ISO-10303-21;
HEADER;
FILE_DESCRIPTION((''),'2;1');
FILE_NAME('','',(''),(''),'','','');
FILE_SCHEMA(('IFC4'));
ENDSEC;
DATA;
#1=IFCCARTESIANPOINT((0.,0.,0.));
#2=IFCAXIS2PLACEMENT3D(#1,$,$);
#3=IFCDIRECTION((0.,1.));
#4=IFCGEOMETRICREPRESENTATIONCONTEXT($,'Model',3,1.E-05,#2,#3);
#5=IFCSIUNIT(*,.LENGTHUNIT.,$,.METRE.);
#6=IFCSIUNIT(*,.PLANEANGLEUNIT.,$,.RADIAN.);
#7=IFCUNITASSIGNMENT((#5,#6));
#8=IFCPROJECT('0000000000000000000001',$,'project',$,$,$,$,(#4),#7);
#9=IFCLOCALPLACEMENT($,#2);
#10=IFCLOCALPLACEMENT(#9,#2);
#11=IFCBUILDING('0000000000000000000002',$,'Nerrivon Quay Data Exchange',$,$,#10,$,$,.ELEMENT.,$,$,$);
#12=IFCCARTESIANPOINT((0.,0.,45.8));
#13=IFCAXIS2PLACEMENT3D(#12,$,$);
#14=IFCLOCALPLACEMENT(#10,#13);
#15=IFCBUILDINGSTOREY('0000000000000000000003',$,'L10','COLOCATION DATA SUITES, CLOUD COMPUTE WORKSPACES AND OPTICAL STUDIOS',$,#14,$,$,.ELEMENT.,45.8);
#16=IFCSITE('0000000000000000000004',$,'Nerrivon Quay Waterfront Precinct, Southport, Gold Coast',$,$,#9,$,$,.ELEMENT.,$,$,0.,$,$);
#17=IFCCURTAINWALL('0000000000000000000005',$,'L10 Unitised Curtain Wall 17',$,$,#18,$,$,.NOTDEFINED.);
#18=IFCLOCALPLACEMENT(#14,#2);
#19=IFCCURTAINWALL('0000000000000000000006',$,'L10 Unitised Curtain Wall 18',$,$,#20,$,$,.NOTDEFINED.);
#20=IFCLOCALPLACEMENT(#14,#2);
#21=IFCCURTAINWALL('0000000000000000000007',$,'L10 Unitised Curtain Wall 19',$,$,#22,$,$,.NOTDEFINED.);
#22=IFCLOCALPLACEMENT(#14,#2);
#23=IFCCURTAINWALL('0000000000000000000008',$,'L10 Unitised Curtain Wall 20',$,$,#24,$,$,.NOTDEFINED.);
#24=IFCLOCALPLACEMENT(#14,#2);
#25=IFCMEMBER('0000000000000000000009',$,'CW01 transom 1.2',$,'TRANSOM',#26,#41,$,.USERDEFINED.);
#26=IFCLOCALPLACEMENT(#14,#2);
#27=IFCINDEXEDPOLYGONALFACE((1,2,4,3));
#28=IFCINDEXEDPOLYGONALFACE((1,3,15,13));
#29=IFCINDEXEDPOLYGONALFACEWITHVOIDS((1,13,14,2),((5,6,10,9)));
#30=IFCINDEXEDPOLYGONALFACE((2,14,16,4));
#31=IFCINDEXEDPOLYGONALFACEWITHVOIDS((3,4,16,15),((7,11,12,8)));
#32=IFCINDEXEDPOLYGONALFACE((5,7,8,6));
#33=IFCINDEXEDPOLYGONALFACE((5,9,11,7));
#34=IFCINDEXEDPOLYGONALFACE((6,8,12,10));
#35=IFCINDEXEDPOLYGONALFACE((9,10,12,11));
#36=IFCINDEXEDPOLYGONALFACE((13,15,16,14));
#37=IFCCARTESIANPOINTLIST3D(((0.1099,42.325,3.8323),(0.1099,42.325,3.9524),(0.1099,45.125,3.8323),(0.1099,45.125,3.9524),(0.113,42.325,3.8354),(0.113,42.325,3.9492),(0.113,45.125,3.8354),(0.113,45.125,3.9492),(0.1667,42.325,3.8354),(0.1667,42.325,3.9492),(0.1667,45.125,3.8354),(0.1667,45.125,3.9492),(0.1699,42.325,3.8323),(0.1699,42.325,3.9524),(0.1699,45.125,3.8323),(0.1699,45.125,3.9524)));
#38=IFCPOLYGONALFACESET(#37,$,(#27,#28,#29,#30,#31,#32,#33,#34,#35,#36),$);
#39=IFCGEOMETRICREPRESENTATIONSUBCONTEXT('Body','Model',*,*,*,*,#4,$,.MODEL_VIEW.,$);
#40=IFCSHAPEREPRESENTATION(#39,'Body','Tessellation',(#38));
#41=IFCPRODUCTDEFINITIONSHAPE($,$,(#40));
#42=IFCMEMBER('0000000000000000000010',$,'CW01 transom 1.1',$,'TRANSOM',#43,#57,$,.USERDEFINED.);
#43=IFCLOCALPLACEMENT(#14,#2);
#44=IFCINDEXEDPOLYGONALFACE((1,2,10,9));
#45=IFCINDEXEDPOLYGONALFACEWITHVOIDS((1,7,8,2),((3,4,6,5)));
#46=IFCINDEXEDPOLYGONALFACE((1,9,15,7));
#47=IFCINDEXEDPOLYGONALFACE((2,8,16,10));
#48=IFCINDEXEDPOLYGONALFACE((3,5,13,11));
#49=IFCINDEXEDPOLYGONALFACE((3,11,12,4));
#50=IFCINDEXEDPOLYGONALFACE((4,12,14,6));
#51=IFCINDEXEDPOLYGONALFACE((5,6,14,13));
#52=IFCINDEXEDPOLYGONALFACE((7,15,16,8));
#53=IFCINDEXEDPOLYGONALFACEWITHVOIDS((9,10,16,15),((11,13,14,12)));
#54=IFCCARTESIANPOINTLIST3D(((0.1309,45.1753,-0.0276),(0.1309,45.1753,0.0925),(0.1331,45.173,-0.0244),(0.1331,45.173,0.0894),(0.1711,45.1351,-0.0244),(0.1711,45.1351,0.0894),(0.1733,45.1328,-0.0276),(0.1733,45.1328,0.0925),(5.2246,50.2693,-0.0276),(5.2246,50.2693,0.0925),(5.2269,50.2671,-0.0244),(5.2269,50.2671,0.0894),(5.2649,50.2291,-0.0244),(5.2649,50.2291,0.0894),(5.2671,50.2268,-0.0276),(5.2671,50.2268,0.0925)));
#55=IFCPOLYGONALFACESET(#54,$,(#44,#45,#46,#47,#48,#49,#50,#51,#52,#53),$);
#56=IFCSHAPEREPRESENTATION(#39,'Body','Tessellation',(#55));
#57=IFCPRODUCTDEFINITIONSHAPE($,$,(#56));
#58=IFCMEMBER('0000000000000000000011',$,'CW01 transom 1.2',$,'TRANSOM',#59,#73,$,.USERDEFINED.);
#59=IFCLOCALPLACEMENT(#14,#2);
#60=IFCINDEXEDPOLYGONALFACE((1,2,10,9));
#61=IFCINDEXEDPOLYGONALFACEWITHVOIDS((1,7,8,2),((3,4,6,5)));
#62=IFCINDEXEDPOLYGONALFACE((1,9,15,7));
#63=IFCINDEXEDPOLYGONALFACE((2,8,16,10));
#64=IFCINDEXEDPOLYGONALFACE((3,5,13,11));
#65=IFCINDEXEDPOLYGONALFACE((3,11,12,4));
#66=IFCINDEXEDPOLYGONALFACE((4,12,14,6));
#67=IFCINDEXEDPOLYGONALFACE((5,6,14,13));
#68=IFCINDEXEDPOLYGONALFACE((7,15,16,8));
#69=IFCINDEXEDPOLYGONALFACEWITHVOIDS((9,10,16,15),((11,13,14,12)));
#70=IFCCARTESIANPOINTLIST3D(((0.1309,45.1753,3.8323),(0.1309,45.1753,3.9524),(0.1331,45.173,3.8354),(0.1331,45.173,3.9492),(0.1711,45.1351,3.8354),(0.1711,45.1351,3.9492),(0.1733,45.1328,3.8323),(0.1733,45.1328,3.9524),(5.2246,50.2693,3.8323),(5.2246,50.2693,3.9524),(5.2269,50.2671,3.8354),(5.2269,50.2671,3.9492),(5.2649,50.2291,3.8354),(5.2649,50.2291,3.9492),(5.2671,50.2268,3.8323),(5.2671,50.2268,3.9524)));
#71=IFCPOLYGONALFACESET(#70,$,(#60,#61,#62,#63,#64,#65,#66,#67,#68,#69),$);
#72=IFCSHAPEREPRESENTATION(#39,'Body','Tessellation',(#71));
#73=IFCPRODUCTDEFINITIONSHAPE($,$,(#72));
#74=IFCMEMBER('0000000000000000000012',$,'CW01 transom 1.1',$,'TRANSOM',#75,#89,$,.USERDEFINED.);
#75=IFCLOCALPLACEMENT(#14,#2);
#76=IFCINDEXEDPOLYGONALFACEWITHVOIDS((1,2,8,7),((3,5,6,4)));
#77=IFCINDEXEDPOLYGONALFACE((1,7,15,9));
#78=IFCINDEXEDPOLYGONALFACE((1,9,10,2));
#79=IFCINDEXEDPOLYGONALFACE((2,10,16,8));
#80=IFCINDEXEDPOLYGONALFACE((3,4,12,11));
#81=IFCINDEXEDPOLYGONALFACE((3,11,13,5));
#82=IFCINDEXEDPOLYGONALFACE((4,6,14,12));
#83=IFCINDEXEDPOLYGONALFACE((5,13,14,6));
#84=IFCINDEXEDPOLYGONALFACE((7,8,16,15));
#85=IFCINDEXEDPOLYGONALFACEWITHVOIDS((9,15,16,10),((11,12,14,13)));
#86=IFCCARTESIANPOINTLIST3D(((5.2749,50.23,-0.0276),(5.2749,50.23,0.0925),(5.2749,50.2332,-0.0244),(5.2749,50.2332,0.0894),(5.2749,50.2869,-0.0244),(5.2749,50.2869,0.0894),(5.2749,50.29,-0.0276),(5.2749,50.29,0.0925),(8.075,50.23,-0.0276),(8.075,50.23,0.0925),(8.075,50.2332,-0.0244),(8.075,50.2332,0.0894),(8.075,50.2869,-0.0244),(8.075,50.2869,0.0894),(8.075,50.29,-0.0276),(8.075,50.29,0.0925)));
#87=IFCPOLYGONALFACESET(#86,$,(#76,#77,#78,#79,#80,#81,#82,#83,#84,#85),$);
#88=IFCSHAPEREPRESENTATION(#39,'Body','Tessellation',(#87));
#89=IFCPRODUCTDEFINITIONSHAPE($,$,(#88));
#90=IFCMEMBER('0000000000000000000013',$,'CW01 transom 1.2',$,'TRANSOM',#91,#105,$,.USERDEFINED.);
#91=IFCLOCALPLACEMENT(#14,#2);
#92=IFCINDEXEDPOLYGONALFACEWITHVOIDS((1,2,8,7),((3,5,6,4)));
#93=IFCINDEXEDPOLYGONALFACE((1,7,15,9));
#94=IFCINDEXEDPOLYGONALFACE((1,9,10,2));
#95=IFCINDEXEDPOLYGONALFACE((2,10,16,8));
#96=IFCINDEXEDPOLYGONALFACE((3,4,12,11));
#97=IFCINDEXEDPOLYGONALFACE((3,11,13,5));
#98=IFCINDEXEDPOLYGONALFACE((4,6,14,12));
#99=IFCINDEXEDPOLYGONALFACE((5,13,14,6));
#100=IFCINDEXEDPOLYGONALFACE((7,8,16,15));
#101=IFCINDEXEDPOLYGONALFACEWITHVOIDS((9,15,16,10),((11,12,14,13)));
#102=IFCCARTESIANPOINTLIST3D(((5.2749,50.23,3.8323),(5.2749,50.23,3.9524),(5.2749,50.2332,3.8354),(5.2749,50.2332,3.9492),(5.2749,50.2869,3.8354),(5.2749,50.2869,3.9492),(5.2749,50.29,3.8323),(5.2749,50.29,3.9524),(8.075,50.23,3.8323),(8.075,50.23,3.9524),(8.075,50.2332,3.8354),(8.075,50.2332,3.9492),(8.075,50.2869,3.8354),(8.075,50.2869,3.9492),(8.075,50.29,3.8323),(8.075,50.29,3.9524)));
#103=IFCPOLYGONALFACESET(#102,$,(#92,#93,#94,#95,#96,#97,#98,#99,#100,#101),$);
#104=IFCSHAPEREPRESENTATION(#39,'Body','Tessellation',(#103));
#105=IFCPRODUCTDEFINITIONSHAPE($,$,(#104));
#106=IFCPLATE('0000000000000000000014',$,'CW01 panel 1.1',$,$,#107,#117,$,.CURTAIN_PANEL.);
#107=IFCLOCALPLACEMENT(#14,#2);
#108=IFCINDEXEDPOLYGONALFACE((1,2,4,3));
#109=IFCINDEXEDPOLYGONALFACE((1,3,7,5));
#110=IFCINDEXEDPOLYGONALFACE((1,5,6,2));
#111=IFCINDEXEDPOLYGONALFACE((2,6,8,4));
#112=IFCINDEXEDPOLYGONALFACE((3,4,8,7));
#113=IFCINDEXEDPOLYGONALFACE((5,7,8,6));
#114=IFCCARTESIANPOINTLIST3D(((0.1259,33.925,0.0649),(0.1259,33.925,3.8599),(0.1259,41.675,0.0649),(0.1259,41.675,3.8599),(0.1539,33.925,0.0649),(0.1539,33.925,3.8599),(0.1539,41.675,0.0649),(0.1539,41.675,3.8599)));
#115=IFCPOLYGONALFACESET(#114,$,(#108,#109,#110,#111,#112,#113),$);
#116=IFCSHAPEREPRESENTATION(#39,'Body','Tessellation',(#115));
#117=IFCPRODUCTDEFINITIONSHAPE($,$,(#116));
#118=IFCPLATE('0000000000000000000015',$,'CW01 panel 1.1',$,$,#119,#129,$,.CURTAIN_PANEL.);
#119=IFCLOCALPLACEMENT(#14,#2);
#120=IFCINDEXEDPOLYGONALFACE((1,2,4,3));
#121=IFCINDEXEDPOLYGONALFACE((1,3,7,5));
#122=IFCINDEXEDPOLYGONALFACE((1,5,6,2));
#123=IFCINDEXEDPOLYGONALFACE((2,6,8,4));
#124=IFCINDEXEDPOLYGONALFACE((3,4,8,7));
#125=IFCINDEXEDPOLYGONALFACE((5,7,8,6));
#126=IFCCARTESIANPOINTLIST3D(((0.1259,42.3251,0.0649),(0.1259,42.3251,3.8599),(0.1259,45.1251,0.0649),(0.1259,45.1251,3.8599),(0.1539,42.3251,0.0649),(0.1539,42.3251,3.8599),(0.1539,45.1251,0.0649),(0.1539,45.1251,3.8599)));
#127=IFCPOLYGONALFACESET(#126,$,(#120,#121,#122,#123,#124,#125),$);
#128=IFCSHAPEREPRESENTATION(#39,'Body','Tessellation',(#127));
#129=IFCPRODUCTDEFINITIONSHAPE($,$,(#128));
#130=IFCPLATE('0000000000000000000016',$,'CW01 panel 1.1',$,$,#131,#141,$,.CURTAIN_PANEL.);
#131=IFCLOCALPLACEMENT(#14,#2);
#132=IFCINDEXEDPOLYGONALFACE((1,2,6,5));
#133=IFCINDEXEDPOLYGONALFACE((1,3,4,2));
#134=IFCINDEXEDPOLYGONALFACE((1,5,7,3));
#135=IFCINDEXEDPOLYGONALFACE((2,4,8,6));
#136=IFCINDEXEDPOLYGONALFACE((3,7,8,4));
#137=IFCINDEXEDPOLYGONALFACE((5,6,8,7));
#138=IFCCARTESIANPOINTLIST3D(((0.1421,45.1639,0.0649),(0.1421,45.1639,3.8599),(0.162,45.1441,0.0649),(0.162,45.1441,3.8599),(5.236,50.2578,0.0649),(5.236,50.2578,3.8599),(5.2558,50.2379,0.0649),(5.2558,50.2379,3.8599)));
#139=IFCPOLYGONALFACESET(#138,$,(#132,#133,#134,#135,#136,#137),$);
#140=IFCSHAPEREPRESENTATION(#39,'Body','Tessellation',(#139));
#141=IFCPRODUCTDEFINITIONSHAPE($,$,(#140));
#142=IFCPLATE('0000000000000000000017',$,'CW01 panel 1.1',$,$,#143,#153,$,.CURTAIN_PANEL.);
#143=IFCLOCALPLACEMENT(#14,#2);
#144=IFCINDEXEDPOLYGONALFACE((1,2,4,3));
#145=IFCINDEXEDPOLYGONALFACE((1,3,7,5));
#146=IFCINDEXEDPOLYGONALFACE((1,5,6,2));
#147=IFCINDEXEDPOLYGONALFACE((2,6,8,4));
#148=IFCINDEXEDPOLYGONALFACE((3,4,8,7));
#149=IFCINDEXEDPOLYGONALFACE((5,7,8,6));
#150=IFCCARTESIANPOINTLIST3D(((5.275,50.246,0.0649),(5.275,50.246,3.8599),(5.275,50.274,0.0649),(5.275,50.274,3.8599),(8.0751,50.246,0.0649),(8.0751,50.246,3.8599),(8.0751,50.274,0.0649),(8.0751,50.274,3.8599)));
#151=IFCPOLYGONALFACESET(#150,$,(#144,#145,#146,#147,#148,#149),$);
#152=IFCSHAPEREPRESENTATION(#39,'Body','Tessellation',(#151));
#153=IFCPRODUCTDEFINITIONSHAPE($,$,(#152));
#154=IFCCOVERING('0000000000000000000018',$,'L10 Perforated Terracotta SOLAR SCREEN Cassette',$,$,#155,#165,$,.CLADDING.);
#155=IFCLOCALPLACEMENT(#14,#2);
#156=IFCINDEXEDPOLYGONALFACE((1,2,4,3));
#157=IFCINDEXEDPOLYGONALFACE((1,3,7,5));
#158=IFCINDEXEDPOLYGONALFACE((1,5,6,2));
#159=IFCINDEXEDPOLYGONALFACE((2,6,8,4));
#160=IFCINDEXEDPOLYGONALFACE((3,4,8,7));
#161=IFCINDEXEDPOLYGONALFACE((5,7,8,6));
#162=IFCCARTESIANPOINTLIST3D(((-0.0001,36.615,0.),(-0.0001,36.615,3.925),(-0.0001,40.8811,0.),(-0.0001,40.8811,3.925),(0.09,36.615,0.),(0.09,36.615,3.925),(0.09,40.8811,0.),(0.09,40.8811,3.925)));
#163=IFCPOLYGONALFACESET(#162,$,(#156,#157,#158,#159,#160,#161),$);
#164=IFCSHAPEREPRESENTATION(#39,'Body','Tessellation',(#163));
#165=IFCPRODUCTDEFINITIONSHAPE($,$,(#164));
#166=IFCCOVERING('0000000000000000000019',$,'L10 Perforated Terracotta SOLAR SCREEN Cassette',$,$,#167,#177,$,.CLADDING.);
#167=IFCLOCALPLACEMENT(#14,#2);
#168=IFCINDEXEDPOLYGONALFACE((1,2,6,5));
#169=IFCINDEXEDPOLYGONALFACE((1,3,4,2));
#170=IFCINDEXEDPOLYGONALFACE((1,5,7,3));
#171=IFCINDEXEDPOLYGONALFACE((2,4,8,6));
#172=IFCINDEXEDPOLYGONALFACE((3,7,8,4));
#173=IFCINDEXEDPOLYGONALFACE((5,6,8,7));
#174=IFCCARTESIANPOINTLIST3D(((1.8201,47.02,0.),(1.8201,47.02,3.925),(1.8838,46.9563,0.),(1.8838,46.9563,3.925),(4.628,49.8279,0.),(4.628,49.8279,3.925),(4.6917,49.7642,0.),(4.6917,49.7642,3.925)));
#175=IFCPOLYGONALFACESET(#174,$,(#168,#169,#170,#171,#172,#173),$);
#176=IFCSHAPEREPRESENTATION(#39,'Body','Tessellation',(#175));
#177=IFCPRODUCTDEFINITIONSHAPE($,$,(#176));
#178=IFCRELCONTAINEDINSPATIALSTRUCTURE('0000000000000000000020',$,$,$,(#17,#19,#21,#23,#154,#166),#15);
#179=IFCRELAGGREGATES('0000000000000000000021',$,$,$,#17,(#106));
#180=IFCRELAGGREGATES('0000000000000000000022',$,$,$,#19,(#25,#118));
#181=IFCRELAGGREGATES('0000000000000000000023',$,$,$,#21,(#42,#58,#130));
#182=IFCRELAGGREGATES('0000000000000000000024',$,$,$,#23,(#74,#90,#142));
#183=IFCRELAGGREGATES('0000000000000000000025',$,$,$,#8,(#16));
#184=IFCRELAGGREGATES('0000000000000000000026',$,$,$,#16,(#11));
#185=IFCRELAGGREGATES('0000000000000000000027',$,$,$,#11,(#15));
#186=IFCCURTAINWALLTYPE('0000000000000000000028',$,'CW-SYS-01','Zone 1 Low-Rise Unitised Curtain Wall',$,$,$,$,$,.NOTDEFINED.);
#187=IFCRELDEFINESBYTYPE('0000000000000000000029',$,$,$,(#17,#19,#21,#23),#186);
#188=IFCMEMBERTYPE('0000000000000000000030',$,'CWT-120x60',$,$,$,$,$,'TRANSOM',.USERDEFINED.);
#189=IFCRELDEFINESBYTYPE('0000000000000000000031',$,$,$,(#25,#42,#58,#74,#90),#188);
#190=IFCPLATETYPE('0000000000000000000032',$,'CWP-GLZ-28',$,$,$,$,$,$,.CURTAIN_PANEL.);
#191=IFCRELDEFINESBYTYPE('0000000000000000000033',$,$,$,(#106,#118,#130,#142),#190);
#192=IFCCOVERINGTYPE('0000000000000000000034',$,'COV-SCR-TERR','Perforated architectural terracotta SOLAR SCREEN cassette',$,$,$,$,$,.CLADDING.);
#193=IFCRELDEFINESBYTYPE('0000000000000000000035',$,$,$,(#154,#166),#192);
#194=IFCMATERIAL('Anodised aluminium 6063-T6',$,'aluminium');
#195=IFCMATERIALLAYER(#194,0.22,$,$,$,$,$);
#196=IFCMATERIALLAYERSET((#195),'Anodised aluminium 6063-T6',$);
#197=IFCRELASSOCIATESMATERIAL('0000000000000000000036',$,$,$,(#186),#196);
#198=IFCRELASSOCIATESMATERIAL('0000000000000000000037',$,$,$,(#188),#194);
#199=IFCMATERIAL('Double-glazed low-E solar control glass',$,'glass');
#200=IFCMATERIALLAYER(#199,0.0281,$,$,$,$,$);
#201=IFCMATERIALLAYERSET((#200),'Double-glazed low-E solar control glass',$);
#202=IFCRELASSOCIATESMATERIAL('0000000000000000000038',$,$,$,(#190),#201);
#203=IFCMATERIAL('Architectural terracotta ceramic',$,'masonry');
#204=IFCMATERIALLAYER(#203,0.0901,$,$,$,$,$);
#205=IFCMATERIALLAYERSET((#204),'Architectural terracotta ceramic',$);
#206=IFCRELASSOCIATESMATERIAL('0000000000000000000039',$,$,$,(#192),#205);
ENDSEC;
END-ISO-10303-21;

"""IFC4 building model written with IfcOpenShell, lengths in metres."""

from ifc_helpers import new_model, si_unit, direction, frame, origin, origin_2d, place, context, subcontext, project, spatial, rectangle, hollow_rectangle, extrude, material, layer, layer_set, material_profile, profile_set, type_object, element, aggregate, save


model = new_model("IFC4")

# Units and contexts
model_context = context("Model", 3, precision=1e-05, world=origin(), true_north=direction((0.0, 1.0)))
body_context = subcontext(model_context, "Body", "Model", "MODEL_VIEW")
ifc_project = project(units=[si_unit("LENGTHUNIT", "METRE"), si_unit("PLANEANGLEUNIT", "RADIAN")], contexts=[model_context])

# Site, building, storey
site_placement = place(None, origin())
site = spatial("IfcSite", under=ifc_project, at=site_placement, Name="Nerrivon Quay Waterfront Precinct, Southport, Gold Coast", CompositionType="ELEMENT", RefElevation=0.0)
building_placement = place(site_placement, origin())
building = spatial("IfcBuilding", under=site, at=building_placement, Name="Nerrivon Quay Data Exchange", CompositionType="ELEMENT")
storey_placement = place(building_placement, frame((0.0, 0.0, 45.8)))
storey = spatial("IfcBuildingStorey", under=building, at=storey_placement, Name="L10", Description="COLOCATION DATA SUITES, CLOUD COMPUTE WORKSPACES AND OPTICAL STUDIOS", CompositionType="ELEMENT", Elevation=45.8)

# Curtain wall
ifc_material_1 = material(Name="Anodised aluminium 6063-T6", Category="aluminium")
ifc_layer_1 = layer(ifc_material_1, 0.22)
ifc_layer_set_1 = layer_set([ifc_layer_1], Name="Anodised aluminium 6063-T6")
curtain_wall_type = type_object("IfcCurtainWallType", Name="CW-SYS-01", Description="Zone 1 Low-Rise Unitised Curtain Wall", PredefinedType="NOTDEFINED", material=ifc_layer_set_1)
curtain_wall_1_placement = place(storey_placement, origin())
curtain_wall_1 = element("IfcCurtainWall", 1, at=curtain_wall_1_placement, inside=storey, type_object=curtain_wall_type, Name="L10 Unitised Curtain Wall 17", PredefinedType="NOTDEFINED")

# Curtain walls
curtain_wall_2_placement = place(storey_placement, origin())
curtain_wall_2 = element("IfcCurtainWall", 2, at=curtain_wall_2_placement, inside=storey, type_object=curtain_wall_type, Name="L10 Unitised Curtain Wall 18", PredefinedType="NOTDEFINED")
curtain_wall_3_placement = place(storey_placement, origin())
curtain_wall_3 = element("IfcCurtainWall", 3, at=curtain_wall_3_placement, inside=storey, type_object=curtain_wall_type, Name="L10 Unitised Curtain Wall 19", PredefinedType="NOTDEFINED")
curtain_wall_4_placement = place(storey_placement, origin())
curtain_wall_4 = element("IfcCurtainWall", 4, at=curtain_wall_4_placement, inside=storey, type_object=curtain_wall_type, Name="L10 Unitised Curtain Wall 20", PredefinedType="NOTDEFINED")

# Members
ifc_material_profile_1 = material_profile(ifc_material_1, hollow_rectangle(XDim=0.0601, YDim=0.1201, WallThickness=0.0032, at=origin_2d()), Name="ALU-TRAN-120x60")
ifc_profile_set_1 = profile_set([ifc_material_profile_1], Name="Anodised aluminium 6063-T6")
member_type_1 = type_object("IfcMemberType", Name="CWT-120x60", ElementType="TRANSOM", PredefinedType="USERDEFINED", material=ifc_profile_set_1)
member_1_placement = place(storey_placement, frame((0.1399, 42.325, 3.8923), z_axis=(0.0, 1.0, 0.0), x_axis=(-1.0, 0.0, 0.0)))
member_1 = element("IfcMember", 5, at=member_1_placement, type_object=member_type_1, Name="CW01 transom 1.2", ObjectType="TRANSOM", PredefinedType="USERDEFINED", context=body_context, shape_type="SweptSolid", body=[
    extrude(hollow_rectangle(XDim=0.0601, YDim=0.1201, WallThickness=0.0032, at=origin_2d()), origin(), (0.0, 0.0, 1.0), 2.8),
])
member_2_placement = place(storey_placement, frame((0.1521, 45.1541, 0.0325), z_axis=(0.70709, 0.707124, 0.0), x_axis=(-0.707124, 0.70709, 0.0)))
member_2 = element("IfcMember", 6, at=member_2_placement, type_object=member_type_1, Name="CW01 transom 1.1", ObjectType="TRANSOM", PredefinedType="USERDEFINED", context=body_context, shape_type="SweptSolid", body=[
    extrude(hollow_rectangle(XDim=0.0601, YDim=0.1201, WallThickness=0.0032, at=origin_2d()), origin(), (0.0, 0.0, 1.0), 7.2039),
])
member_3_placement = place(storey_placement, frame((0.1521, 45.1541, 3.8923), z_axis=(0.70709, 0.707124, 0.0), x_axis=(-0.707124, 0.70709, 0.0)))
member_3 = element("IfcMember", 7, at=member_3_placement, type_object=member_type_1, Name="CW01 transom 1.2", ObjectType="TRANSOM", PredefinedType="USERDEFINED", context=body_context, shape_type="SweptSolid", body=[
    extrude(hollow_rectangle(XDim=0.0601, YDim=0.1201, WallThickness=0.0032, at=origin_2d()), origin(), (0.0, 0.0, 1.0), 7.2039),
])
member_4_placement = place(storey_placement, frame((5.2749, 50.26, 0.0325), z_axis=(1.0, 0.0, 0.0), x_axis=(0.0, 1.0, 0.0)))
member_4 = element("IfcMember", 8, at=member_4_placement, type_object=member_type_1, Name="CW01 transom 1.1", ObjectType="TRANSOM", PredefinedType="USERDEFINED", context=body_context, shape_type="SweptSolid", body=[
    extrude(hollow_rectangle(XDim=0.0601, YDim=0.1201, WallThickness=0.0032, at=origin_2d()), origin(), (0.0, 0.0, 1.0), 2.8),
])
member_5_placement = place(storey_placement, frame((5.2749, 50.26, 3.8923), z_axis=(1.0, 0.0, 0.0), x_axis=(0.0, 1.0, 0.0)))
member_5 = element("IfcMember", 9, at=member_5_placement, type_object=member_type_1, Name="CW01 transom 1.2", ObjectType="TRANSOM", PredefinedType="USERDEFINED", context=body_context, shape_type="SweptSolid", body=[
    extrude(hollow_rectangle(XDim=0.0601, YDim=0.1201, WallThickness=0.0032, at=origin_2d()), origin(), (0.0, 0.0, 1.0), 2.8),
])

# Plates
ifc_material_2 = material(Name="Double-glazed low-E solar control glass", Category="glass")
ifc_layer_2 = layer(ifc_material_2, 0.0281)
ifc_layer_set_2 = layer_set([ifc_layer_2], Name="Double-glazed low-E solar control glass")
plate_type = type_object("IfcPlateType", Name="CWP-GLZ-28", PredefinedType="CURTAIN_PANEL", material=ifc_layer_set_2)
plate_1_placement = place(storey_placement, frame((0.1399, 37.8, 0.0649), z_axis=(0.0, 0.0, 1.0), x_axis=(0.0, 1.0, 0.0)))
plate_1 = element("IfcPlate", 10, at=plate_1_placement, type_object=plate_type, Name="CW01 panel 1.1", PredefinedType="CURTAIN_PANEL", context=body_context, shape_type="SweptSolid", body=[
    extrude(rectangle(XDim=7.75, YDim=0.0281, at=origin_2d()), origin(), (0.0, 0.0, 1.0), 3.7949),
])
aggregate(curtain_wall_1, [plate_1])
plate_2_placement = place(storey_placement, frame((0.1399, 43.7251, 0.0649), z_axis=(0.0, 0.0, 1.0), x_axis=(0.0, 1.0, 0.0)))
plate_2 = element("IfcPlate", 11, at=plate_2_placement, type_object=plate_type, Name="CW01 panel 1.1", PredefinedType="CURTAIN_PANEL", context=body_context, shape_type="SweptSolid", body=[
    extrude(rectangle(XDim=2.8, YDim=0.0281, at=origin_2d()), origin(), (0.0, 0.0, 1.0), 3.7949),
])
aggregate(curtain_wall_2, [member_1, plate_2])
plate_3_placement = place(storey_placement, frame((2.699, 47.7009, 0.0649), z_axis=(0.0, 0.0, 1.0), x_axis=(0.707107, 0.707107, 0.0)))
plate_3 = element("IfcPlate", 12, at=plate_3_placement, type_object=plate_type, Name="CW01 panel 1.1", PredefinedType="CURTAIN_PANEL", context=body_context, shape_type="SweptSolid", body=[
    extrude(rectangle(XDim=7.2039, YDim=0.0281, at=origin_2d()), origin(), (0.0, 0.0, 1.0), 3.7949),
])
aggregate(curtain_wall_3, [member_2, member_3, plate_3])
plate_4_placement = place(storey_placement, frame((6.675, 50.26, 0.0649), z_axis=(0.0, 0.0, 1.0), x_axis=(1.0, 0.0, 0.0)))
plate_4 = element("IfcPlate", 13, at=plate_4_placement, type_object=plate_type, Name="CW01 panel 1.1", PredefinedType="CURTAIN_PANEL", context=body_context, shape_type="SweptSolid", body=[
    extrude(rectangle(XDim=2.8, YDim=0.0281, at=origin_2d()), origin(), (0.0, 0.0, 1.0), 3.7949),
])
aggregate(curtain_wall_4, [member_4, member_5, plate_4])

# Coverings
ifc_material_3 = material(Name="Architectural terracotta ceramic", Category="masonry")
ifc_layer_3 = layer(ifc_material_3, 0.0901)
ifc_layer_set_3 = layer_set([ifc_layer_3], Name="Architectural terracotta ceramic")
covering_type = type_object("IfcCoveringType", Name="COV-SCR-TERR", Description="Perforated architectural terracotta SOLAR SCREEN cassette", PredefinedType="CLADDING", material=ifc_layer_set_3)
covering_1_placement = place(storey_placement, frame((0.0449, 38.748, 0.0), z_axis=(0.0, 0.0, 1.0), x_axis=(0.0, 1.0, 0.0)))
element("IfcCovering", 14, at=covering_1_placement, inside=storey, type_object=covering_type, Name="L10 Perforated Terracotta SOLAR SCREEN Cassette", PredefinedType="CLADDING", context=body_context, shape_type="SweptSolid", body=[
    extrude(rectangle(XDim=4.2661, YDim=0.0901, at=origin_2d()), origin(), (0.0, 0.0, 1.0), 3.925),
])
covering_2_placement = place(storey_placement, frame((3.2559, 48.3921, 0.0), z_axis=(0.0, 0.0, 1.0), x_axis=(0.707107, 0.707107, 0.0)))
element("IfcCovering", 15, at=covering_2_placement, inside=storey, type_object=covering_type, Name="L10 Perforated Terracotta SOLAR SCREEN Cassette", PredefinedType="CLADDING", context=body_context, shape_type="SweptSolid", body=[
    extrude(rectangle(XDim=3.9709, YDim=0.0901, at=origin_2d()), origin(), (0.0, 0.0, 1.0), 3.925),
])

save(model, "model.ifc")
